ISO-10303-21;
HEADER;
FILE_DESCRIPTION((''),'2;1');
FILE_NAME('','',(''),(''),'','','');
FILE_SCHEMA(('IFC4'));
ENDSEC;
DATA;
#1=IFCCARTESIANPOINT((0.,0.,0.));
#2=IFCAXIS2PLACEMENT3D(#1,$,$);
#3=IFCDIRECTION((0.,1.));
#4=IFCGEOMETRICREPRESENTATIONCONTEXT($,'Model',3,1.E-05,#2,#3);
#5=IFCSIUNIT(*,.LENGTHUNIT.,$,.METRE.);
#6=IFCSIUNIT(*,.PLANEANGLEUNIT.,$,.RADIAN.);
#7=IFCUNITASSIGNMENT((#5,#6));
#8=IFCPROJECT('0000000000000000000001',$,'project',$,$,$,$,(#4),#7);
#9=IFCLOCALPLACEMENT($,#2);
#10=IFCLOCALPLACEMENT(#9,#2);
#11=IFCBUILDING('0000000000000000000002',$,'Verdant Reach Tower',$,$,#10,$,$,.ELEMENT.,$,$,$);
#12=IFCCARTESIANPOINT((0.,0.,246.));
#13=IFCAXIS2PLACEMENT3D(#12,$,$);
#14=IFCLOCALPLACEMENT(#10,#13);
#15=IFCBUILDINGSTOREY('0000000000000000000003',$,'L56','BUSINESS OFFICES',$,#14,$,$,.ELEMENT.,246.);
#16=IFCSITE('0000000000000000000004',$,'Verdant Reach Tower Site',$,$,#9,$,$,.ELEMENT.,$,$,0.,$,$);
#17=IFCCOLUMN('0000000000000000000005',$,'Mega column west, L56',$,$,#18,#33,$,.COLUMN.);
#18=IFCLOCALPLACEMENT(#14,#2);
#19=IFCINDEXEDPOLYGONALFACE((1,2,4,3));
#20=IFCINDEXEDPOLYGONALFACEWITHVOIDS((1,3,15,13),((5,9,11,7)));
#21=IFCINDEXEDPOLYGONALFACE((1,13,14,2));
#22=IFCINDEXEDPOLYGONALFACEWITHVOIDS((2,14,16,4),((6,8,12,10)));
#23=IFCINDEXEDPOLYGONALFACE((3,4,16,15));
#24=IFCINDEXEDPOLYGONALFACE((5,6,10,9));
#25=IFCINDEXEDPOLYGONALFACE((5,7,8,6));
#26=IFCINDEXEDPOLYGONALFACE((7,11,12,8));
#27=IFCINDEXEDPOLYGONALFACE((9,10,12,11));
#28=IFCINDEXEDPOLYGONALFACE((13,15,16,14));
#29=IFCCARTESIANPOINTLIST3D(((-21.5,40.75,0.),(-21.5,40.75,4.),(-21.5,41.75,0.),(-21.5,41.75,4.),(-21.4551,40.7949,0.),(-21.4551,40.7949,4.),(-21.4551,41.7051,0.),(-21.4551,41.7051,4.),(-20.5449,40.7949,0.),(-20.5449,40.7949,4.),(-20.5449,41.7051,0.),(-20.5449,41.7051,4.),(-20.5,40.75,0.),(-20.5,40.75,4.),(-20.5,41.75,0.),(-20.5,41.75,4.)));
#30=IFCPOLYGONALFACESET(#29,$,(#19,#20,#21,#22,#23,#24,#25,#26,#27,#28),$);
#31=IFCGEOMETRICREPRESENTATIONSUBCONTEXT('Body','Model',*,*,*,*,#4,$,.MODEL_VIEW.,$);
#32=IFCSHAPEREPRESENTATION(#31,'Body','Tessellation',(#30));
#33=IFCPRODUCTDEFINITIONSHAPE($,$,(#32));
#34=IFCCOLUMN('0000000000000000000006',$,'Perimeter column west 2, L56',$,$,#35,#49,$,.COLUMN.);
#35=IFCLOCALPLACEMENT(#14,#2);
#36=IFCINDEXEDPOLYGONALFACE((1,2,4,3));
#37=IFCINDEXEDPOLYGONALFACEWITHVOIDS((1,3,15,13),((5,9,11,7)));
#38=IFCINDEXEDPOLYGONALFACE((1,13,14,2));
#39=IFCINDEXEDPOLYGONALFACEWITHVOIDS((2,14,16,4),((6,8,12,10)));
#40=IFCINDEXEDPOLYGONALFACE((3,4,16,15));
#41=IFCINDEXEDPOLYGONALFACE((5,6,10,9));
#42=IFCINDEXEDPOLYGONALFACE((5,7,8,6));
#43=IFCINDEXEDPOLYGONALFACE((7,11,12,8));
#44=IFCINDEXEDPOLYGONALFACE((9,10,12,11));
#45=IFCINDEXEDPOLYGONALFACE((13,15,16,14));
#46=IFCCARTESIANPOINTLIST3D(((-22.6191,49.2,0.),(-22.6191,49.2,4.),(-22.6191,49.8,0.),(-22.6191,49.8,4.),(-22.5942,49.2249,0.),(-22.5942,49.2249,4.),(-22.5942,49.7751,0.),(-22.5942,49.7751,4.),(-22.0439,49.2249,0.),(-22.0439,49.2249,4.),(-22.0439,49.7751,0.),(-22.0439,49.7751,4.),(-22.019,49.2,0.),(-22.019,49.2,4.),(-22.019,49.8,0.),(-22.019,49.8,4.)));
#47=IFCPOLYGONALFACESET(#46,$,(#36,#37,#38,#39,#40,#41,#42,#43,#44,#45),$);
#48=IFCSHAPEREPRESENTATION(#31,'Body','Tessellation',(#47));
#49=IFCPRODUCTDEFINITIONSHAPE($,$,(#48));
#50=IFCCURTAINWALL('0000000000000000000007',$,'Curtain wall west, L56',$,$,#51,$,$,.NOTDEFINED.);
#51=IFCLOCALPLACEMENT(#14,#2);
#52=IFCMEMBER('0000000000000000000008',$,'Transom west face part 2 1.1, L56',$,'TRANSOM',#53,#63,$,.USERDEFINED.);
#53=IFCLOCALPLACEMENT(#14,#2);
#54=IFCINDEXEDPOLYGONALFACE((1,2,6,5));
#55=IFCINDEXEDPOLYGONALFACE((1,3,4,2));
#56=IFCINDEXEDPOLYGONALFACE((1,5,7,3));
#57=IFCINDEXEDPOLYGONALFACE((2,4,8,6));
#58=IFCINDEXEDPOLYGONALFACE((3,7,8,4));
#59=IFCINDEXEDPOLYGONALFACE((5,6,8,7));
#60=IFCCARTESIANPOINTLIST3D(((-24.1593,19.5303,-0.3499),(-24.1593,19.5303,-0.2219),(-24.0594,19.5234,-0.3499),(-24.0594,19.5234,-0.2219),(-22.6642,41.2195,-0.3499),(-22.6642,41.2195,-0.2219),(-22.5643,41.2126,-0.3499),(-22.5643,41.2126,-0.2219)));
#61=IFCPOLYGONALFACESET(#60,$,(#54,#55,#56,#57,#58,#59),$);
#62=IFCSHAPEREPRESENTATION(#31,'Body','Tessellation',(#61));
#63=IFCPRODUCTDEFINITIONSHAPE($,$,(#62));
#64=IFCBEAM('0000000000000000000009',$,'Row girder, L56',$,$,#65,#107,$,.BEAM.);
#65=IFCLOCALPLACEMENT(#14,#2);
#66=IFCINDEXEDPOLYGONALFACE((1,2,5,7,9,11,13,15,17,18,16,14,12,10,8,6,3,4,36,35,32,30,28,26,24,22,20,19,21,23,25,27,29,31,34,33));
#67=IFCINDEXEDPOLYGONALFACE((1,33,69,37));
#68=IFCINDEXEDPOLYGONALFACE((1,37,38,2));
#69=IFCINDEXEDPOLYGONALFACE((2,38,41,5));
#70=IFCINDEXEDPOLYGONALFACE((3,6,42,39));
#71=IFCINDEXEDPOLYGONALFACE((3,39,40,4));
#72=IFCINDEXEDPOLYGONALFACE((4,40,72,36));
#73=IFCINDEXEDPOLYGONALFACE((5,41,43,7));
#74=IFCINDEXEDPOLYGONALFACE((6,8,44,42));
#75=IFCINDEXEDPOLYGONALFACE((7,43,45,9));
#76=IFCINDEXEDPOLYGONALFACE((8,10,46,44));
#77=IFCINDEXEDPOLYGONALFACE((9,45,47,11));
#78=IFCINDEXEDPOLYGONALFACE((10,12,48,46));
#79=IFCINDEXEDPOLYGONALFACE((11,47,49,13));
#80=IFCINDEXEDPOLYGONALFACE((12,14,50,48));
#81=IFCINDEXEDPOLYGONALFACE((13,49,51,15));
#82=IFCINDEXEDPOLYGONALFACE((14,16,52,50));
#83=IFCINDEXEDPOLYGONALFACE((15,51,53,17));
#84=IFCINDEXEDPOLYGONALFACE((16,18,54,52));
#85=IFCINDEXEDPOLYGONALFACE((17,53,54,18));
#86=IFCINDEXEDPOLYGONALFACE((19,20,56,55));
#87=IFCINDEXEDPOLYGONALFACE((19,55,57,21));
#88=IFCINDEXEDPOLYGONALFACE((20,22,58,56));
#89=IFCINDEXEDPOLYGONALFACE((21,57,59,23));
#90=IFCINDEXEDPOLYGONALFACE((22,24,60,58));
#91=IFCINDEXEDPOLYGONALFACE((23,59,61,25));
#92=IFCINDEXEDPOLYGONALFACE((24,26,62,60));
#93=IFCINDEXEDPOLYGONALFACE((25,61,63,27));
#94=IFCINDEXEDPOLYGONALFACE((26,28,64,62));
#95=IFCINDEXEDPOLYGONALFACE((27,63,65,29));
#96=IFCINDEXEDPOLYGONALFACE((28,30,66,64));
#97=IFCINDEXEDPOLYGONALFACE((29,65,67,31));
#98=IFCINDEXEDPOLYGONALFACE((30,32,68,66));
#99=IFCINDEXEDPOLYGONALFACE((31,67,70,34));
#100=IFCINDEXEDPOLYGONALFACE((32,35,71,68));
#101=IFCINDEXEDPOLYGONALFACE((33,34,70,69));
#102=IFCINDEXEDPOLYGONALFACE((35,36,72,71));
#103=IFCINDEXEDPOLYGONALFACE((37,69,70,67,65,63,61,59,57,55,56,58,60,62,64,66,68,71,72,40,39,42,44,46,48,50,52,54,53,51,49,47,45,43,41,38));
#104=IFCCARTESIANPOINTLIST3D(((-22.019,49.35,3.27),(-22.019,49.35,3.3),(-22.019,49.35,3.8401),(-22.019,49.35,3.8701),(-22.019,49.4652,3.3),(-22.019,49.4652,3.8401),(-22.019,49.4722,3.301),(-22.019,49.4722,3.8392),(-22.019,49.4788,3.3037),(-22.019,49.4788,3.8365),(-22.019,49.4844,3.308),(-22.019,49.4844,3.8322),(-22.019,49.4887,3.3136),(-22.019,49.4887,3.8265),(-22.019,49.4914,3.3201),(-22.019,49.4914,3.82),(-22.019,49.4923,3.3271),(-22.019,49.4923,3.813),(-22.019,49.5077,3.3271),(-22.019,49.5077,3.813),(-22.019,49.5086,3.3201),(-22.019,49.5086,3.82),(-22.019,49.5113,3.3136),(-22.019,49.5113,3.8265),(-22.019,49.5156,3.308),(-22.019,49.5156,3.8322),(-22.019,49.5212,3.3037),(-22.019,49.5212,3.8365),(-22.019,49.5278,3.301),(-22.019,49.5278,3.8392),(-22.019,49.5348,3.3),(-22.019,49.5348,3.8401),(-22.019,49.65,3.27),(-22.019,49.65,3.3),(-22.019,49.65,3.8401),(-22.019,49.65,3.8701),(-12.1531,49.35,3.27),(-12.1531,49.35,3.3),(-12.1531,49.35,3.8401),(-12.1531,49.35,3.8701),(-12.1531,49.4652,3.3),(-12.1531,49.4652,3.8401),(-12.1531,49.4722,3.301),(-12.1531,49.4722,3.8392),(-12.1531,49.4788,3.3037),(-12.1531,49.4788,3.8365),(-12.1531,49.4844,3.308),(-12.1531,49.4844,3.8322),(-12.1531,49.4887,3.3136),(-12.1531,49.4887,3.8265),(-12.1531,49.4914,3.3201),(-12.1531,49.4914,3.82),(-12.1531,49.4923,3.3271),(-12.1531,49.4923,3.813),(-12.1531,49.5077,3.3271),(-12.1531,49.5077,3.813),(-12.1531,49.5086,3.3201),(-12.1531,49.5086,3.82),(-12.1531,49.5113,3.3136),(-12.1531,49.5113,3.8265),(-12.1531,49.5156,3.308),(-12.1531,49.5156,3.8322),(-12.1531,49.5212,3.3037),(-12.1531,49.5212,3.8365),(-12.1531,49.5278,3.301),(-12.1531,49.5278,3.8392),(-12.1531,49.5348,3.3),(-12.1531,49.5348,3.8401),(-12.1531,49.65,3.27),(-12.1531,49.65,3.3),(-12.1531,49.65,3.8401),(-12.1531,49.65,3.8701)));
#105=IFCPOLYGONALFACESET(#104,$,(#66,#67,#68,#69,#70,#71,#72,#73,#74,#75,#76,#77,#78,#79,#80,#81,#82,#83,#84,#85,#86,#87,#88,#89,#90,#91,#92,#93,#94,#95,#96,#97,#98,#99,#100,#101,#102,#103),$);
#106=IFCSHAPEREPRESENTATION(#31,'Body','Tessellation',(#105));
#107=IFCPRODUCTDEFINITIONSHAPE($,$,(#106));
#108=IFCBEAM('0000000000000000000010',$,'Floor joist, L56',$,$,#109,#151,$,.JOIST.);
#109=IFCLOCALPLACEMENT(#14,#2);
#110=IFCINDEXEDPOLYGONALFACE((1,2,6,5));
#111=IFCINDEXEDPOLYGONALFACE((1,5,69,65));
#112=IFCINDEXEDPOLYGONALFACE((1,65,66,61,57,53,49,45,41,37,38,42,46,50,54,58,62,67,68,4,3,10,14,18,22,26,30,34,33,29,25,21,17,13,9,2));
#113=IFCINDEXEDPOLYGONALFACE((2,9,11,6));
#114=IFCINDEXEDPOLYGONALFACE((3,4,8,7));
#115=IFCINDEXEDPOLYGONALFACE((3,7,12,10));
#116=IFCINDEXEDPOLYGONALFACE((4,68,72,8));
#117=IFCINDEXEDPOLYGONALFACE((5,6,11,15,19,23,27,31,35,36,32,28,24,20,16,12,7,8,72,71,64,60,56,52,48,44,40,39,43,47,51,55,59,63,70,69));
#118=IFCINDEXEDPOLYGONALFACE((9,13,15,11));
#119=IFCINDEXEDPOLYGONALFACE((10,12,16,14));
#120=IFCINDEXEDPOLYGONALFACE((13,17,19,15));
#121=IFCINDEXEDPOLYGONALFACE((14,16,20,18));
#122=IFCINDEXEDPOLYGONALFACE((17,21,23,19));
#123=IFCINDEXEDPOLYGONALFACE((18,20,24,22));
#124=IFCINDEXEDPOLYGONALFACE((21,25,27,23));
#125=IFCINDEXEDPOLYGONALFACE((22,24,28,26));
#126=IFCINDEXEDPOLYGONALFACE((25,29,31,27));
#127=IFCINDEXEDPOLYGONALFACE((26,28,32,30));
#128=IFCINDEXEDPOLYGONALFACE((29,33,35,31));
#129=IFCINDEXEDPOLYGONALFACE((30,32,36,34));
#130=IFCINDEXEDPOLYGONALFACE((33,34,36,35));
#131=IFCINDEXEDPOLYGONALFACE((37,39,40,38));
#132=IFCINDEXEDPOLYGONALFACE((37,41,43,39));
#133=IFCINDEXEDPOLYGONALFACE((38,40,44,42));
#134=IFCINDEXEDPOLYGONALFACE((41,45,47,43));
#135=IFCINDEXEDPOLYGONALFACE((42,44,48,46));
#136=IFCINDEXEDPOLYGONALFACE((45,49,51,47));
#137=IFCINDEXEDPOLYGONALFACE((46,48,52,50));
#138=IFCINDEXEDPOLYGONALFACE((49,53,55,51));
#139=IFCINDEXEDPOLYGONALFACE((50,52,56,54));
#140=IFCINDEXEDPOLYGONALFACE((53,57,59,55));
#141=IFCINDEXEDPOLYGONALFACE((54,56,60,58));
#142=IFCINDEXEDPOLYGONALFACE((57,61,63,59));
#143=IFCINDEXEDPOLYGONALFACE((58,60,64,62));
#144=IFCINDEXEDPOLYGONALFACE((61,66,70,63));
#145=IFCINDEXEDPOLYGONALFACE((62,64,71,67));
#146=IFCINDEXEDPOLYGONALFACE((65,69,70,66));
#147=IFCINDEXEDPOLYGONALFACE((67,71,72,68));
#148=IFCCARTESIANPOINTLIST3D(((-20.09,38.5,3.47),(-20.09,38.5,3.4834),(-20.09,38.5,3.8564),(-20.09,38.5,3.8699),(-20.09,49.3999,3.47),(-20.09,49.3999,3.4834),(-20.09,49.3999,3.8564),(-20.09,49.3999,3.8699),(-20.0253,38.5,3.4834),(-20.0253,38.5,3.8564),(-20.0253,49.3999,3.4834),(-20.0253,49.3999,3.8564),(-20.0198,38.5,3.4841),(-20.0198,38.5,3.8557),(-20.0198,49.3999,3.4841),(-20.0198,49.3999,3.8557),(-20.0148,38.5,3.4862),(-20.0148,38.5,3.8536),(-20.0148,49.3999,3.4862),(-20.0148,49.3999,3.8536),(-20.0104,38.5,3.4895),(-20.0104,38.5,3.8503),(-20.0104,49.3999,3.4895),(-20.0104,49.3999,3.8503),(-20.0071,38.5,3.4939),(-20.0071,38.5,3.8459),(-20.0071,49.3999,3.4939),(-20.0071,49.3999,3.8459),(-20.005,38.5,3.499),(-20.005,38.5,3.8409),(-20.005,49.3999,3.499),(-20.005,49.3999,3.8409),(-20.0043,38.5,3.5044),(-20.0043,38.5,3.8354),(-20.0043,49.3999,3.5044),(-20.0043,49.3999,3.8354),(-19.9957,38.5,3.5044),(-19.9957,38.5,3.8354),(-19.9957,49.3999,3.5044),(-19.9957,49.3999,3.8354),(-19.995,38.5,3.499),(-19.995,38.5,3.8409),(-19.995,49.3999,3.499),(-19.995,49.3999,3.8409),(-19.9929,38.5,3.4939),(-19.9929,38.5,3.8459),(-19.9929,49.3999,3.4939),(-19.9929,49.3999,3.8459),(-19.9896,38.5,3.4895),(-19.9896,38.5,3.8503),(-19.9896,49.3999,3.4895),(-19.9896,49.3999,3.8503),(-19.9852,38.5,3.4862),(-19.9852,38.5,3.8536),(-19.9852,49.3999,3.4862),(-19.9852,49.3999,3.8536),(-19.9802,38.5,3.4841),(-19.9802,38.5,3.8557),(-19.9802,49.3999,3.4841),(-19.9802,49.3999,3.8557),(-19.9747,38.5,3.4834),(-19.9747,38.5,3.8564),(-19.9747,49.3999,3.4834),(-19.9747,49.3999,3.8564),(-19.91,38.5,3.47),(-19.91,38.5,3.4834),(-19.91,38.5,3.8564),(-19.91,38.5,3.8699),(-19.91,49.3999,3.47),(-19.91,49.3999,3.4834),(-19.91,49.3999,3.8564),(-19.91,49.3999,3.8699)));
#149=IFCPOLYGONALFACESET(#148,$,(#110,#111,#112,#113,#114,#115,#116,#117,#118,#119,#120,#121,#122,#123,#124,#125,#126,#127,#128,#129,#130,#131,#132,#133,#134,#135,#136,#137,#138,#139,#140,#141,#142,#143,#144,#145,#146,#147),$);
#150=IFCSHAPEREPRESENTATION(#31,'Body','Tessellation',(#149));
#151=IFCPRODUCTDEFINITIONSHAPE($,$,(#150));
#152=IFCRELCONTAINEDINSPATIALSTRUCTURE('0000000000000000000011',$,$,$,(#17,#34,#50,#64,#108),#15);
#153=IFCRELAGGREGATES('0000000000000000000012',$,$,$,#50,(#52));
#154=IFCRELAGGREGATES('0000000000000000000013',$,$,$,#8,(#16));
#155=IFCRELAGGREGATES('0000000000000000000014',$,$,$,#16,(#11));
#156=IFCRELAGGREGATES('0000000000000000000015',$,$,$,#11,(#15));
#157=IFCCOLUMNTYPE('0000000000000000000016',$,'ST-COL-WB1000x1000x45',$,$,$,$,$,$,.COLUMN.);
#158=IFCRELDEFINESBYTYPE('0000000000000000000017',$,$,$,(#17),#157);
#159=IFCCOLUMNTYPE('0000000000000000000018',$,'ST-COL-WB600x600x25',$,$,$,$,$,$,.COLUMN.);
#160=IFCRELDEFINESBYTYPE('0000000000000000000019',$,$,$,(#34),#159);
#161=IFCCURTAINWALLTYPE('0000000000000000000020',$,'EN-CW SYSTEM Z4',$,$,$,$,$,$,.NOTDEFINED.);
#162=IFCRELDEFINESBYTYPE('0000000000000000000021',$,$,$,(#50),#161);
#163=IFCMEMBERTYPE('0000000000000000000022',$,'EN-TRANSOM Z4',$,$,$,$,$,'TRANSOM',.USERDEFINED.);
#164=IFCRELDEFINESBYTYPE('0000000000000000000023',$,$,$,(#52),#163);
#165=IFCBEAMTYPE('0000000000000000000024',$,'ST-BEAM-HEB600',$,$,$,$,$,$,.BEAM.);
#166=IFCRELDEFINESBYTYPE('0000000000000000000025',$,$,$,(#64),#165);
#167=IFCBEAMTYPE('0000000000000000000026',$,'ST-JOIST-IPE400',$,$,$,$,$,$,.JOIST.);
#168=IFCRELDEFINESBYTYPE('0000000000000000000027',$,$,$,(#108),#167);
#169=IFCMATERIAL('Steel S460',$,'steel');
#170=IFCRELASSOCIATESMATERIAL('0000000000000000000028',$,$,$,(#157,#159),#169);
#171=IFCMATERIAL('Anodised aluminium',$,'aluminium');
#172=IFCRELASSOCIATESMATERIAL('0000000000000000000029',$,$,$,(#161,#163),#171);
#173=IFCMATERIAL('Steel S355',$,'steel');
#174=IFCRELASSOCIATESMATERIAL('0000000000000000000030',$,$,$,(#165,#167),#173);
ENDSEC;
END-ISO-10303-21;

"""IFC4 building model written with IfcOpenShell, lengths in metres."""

from ifc_helpers import new_model, si_unit, direction, frame, origin, origin_2d, place, context, subcontext, project, spatial, rectangle, hollow_rectangle, i_section, extrude, material, material_profile, profile_set, type_object, element, aggregate, save


model = new_model("IFC4")

# Units and contexts
model_context = context("Model", 3, precision=1e-05, world=origin(), true_north=direction((0.0, 1.0)))
body_context = subcontext(model_context, "Body", "Model", "MODEL_VIEW")
ifc_project = project(units=[si_unit("LENGTHUNIT", "METRE"), si_unit("PLANEANGLEUNIT", "RADIAN")], contexts=[model_context])

# Site, building, storey
site_placement = place(None, origin())
site = spatial("IfcSite", under=ifc_project, at=site_placement, Name="Verdant Reach Tower Site", CompositionType="ELEMENT", RefElevation=0.0)
building_placement = place(site_placement, origin())
building = spatial("IfcBuilding", under=site, at=building_placement, Name="Verdant Reach Tower", CompositionType="ELEMENT")
storey_placement = place(building_placement, frame((0.0, 0.0, 246.0)))
storey = spatial("IfcBuildingStorey", under=building, at=storey_placement, Name="L56", Description="BUSINESS OFFICES", CompositionType="ELEMENT", Elevation=246.0)

# Columns
ifc_material_1 = material(Name="Steel S460", Category="steel")
ifc_material_profile_1 = material_profile(ifc_material_1, hollow_rectangle(XDim=1.0, YDim=1.0, WallThickness=0.0449, at=origin_2d()), Name="WB 1000x1000x45")
ifc_profile_set_1 = profile_set([ifc_material_profile_1], Name="Steel S460")
column_type_1 = type_object("IfcColumnType", Name="ST-COL-WB1000x1000x45", PredefinedType="COLUMN", material=ifc_profile_set_1)
column_1_placement = place(storey_placement, frame((-21.0, 41.25, 0.0), z_axis=(0.0, 0.0, 1.0), x_axis=(1.0, 0.0, 0.0)))
element("IfcColumn", 1, at=column_1_placement, inside=storey, type_object=column_type_1, Name="Mega column west, L56", PredefinedType="COLUMN", context=body_context, shape_type="SweptSolid", body=[
    extrude(hollow_rectangle(XDim=1.0, YDim=1.0, WallThickness=0.0449, at=origin_2d()), origin(), (0.0, 0.0, 1.0), 4.0),
])
ifc_material_profile_2 = material_profile(ifc_material_1, hollow_rectangle(XDim=0.6001, YDim=0.6001, WallThickness=0.0249, at=origin_2d()), Name="WB 600x600x25")
ifc_profile_set_2 = profile_set([ifc_material_profile_2], Name="Steel S460")
column_type_2 = type_object("IfcColumnType", Name="ST-COL-WB600x600x25", PredefinedType="COLUMN", material=ifc_profile_set_2)
column_2_placement = place(storey_placement, frame((-22.3191, 49.5, 0.0), z_axis=(0.0, 0.0, 1.0), x_axis=(1.0, 0.0, 0.0)))
element("IfcColumn", 2, at=column_2_placement, inside=storey, type_object=column_type_2, Name="Perimeter column west 2, L56", PredefinedType="COLUMN", context=body_context, shape_type="SweptSolid", body=[
    extrude(hollow_rectangle(XDim=0.6001, YDim=0.6001, WallThickness=0.0249, at=origin_2d()), origin(), (0.0, 0.0, 1.0), 4.0),
])

# Curtain wall, member
ifc_material_2 = material(Name="Anodised aluminium", Category="aluminium")
curtain_wall_type = type_object("IfcCurtainWallType", Name="EN-CW SYSTEM Z4", PredefinedType="NOTDEFINED", material=ifc_material_2)
curtain_wall_placement = place(storey_placement, origin())
curtain_wall = element("IfcCurtainWall", 3, at=curtain_wall_placement, inside=storey, type_object=curtain_wall_type, Name="Curtain wall west, L56", PredefinedType="NOTDEFINED")
ifc_material_profile_3 = material_profile(ifc_material_2, rectangle(XDim=0.1001, YDim=0.1279, at=origin_2d()), Name="Transom 128x100")
ifc_profile_set_3 = profile_set([ifc_material_profile_3], Name="Anodised aluminium")
member_type = type_object("IfcMemberType", Name="EN-TRANSOM Z4", ElementType="TRANSOM", PredefinedType="USERDEFINED", material=ifc_profile_set_3)
member_placement = place(storey_placement, frame((-22.6143, 41.2161, -0.2859), z_axis=(-0.06877, -0.997633, 0.0), x_axis=(0.997633, -0.06877, 0.0)))
member = element("IfcMember", 4, at=member_placement, type_object=member_type, Name="Transom west face part 2 1.1, L56", ObjectType="TRANSOM", PredefinedType="USERDEFINED", context=body_context, shape_type="SweptSolid", body=[
    extrude(rectangle(XDim=0.1001, YDim=0.1279, at=origin_2d()), origin(), (0.0, 0.0, 1.0), 21.7407),
])

# Beams
ifc_material_3 = material(Name="Steel S355", Category="steel")
ifc_material_profile_4 = material_profile(ifc_material_3, i_section(OverallWidth=0.3, OverallDepth=0.6001, WebThickness=0.0154, FlangeThickness=0.03, FilletRadius=0.0271, at=origin_2d()), Name="HEB 600")
ifc_profile_set_4 = profile_set([ifc_material_profile_4], Name="Steel S355")
beam_type_1 = type_object("IfcBeamType", Name="ST-BEAM-HEB600", PredefinedType="BEAM", material=ifc_profile_set_4)
beam_1_placement = place(storey_placement, frame((-22.019, 49.5, 3.5701), z_axis=(1.0, 0.0, 0.0), x_axis=(0.0, 1.0, 0.0)))
element("IfcBeam", 5, at=beam_1_placement, inside=storey, type_object=beam_type_1, Name="Row girder, L56", PredefinedType="BEAM", context=body_context, shape_type="SweptSolid", body=[
    extrude(i_section(OverallWidth=0.3, OverallDepth=0.6001, WebThickness=0.0154, FlangeThickness=0.03, FilletRadius=0.0271, at=origin_2d()), origin(), (0.0, 0.0, 1.0), 9.866),
])
ifc_material_profile_5 = material_profile(ifc_material_3, i_section(OverallWidth=0.1799, OverallDepth=0.3999, WebThickness=0.0085, FlangeThickness=0.0134, FilletRadius=0.021, at=origin_2d()), Name="IPE 400")
ifc_profile_set_5 = profile_set([ifc_material_profile_5], Name="Steel S355")
beam_type_2 = type_object("IfcBeamType", Name="ST-JOIST-IPE400", PredefinedType="JOIST", material=ifc_profile_set_5)
for number, where, z_axis, x_axis, name in (
    (6, (-20.0, 38.5, 3.6699), (0.0, 1.0, 0.0), (-1.0, 0.0, 0.0), "Floor joist, L56"),
):
    element("IfcBeam", number, at=place(storey_placement, frame(where, z_axis=z_axis, x_axis=x_axis)), inside=storey, type_object=beam_type_2, Name=name, PredefinedType="JOIST", context=body_context, shape_type="SweptSolid", body=[
        extrude(i_section(OverallWidth=0.1799, OverallDepth=0.3999, WebThickness=0.0085, FlangeThickness=0.0134, FilletRadius=0.021, at=origin_2d()), origin(), (0.0, 0.0, 1.0), 10.8999),
    ])

aggregate(curtain_wall, [member])

save(model, "model.ifc")
